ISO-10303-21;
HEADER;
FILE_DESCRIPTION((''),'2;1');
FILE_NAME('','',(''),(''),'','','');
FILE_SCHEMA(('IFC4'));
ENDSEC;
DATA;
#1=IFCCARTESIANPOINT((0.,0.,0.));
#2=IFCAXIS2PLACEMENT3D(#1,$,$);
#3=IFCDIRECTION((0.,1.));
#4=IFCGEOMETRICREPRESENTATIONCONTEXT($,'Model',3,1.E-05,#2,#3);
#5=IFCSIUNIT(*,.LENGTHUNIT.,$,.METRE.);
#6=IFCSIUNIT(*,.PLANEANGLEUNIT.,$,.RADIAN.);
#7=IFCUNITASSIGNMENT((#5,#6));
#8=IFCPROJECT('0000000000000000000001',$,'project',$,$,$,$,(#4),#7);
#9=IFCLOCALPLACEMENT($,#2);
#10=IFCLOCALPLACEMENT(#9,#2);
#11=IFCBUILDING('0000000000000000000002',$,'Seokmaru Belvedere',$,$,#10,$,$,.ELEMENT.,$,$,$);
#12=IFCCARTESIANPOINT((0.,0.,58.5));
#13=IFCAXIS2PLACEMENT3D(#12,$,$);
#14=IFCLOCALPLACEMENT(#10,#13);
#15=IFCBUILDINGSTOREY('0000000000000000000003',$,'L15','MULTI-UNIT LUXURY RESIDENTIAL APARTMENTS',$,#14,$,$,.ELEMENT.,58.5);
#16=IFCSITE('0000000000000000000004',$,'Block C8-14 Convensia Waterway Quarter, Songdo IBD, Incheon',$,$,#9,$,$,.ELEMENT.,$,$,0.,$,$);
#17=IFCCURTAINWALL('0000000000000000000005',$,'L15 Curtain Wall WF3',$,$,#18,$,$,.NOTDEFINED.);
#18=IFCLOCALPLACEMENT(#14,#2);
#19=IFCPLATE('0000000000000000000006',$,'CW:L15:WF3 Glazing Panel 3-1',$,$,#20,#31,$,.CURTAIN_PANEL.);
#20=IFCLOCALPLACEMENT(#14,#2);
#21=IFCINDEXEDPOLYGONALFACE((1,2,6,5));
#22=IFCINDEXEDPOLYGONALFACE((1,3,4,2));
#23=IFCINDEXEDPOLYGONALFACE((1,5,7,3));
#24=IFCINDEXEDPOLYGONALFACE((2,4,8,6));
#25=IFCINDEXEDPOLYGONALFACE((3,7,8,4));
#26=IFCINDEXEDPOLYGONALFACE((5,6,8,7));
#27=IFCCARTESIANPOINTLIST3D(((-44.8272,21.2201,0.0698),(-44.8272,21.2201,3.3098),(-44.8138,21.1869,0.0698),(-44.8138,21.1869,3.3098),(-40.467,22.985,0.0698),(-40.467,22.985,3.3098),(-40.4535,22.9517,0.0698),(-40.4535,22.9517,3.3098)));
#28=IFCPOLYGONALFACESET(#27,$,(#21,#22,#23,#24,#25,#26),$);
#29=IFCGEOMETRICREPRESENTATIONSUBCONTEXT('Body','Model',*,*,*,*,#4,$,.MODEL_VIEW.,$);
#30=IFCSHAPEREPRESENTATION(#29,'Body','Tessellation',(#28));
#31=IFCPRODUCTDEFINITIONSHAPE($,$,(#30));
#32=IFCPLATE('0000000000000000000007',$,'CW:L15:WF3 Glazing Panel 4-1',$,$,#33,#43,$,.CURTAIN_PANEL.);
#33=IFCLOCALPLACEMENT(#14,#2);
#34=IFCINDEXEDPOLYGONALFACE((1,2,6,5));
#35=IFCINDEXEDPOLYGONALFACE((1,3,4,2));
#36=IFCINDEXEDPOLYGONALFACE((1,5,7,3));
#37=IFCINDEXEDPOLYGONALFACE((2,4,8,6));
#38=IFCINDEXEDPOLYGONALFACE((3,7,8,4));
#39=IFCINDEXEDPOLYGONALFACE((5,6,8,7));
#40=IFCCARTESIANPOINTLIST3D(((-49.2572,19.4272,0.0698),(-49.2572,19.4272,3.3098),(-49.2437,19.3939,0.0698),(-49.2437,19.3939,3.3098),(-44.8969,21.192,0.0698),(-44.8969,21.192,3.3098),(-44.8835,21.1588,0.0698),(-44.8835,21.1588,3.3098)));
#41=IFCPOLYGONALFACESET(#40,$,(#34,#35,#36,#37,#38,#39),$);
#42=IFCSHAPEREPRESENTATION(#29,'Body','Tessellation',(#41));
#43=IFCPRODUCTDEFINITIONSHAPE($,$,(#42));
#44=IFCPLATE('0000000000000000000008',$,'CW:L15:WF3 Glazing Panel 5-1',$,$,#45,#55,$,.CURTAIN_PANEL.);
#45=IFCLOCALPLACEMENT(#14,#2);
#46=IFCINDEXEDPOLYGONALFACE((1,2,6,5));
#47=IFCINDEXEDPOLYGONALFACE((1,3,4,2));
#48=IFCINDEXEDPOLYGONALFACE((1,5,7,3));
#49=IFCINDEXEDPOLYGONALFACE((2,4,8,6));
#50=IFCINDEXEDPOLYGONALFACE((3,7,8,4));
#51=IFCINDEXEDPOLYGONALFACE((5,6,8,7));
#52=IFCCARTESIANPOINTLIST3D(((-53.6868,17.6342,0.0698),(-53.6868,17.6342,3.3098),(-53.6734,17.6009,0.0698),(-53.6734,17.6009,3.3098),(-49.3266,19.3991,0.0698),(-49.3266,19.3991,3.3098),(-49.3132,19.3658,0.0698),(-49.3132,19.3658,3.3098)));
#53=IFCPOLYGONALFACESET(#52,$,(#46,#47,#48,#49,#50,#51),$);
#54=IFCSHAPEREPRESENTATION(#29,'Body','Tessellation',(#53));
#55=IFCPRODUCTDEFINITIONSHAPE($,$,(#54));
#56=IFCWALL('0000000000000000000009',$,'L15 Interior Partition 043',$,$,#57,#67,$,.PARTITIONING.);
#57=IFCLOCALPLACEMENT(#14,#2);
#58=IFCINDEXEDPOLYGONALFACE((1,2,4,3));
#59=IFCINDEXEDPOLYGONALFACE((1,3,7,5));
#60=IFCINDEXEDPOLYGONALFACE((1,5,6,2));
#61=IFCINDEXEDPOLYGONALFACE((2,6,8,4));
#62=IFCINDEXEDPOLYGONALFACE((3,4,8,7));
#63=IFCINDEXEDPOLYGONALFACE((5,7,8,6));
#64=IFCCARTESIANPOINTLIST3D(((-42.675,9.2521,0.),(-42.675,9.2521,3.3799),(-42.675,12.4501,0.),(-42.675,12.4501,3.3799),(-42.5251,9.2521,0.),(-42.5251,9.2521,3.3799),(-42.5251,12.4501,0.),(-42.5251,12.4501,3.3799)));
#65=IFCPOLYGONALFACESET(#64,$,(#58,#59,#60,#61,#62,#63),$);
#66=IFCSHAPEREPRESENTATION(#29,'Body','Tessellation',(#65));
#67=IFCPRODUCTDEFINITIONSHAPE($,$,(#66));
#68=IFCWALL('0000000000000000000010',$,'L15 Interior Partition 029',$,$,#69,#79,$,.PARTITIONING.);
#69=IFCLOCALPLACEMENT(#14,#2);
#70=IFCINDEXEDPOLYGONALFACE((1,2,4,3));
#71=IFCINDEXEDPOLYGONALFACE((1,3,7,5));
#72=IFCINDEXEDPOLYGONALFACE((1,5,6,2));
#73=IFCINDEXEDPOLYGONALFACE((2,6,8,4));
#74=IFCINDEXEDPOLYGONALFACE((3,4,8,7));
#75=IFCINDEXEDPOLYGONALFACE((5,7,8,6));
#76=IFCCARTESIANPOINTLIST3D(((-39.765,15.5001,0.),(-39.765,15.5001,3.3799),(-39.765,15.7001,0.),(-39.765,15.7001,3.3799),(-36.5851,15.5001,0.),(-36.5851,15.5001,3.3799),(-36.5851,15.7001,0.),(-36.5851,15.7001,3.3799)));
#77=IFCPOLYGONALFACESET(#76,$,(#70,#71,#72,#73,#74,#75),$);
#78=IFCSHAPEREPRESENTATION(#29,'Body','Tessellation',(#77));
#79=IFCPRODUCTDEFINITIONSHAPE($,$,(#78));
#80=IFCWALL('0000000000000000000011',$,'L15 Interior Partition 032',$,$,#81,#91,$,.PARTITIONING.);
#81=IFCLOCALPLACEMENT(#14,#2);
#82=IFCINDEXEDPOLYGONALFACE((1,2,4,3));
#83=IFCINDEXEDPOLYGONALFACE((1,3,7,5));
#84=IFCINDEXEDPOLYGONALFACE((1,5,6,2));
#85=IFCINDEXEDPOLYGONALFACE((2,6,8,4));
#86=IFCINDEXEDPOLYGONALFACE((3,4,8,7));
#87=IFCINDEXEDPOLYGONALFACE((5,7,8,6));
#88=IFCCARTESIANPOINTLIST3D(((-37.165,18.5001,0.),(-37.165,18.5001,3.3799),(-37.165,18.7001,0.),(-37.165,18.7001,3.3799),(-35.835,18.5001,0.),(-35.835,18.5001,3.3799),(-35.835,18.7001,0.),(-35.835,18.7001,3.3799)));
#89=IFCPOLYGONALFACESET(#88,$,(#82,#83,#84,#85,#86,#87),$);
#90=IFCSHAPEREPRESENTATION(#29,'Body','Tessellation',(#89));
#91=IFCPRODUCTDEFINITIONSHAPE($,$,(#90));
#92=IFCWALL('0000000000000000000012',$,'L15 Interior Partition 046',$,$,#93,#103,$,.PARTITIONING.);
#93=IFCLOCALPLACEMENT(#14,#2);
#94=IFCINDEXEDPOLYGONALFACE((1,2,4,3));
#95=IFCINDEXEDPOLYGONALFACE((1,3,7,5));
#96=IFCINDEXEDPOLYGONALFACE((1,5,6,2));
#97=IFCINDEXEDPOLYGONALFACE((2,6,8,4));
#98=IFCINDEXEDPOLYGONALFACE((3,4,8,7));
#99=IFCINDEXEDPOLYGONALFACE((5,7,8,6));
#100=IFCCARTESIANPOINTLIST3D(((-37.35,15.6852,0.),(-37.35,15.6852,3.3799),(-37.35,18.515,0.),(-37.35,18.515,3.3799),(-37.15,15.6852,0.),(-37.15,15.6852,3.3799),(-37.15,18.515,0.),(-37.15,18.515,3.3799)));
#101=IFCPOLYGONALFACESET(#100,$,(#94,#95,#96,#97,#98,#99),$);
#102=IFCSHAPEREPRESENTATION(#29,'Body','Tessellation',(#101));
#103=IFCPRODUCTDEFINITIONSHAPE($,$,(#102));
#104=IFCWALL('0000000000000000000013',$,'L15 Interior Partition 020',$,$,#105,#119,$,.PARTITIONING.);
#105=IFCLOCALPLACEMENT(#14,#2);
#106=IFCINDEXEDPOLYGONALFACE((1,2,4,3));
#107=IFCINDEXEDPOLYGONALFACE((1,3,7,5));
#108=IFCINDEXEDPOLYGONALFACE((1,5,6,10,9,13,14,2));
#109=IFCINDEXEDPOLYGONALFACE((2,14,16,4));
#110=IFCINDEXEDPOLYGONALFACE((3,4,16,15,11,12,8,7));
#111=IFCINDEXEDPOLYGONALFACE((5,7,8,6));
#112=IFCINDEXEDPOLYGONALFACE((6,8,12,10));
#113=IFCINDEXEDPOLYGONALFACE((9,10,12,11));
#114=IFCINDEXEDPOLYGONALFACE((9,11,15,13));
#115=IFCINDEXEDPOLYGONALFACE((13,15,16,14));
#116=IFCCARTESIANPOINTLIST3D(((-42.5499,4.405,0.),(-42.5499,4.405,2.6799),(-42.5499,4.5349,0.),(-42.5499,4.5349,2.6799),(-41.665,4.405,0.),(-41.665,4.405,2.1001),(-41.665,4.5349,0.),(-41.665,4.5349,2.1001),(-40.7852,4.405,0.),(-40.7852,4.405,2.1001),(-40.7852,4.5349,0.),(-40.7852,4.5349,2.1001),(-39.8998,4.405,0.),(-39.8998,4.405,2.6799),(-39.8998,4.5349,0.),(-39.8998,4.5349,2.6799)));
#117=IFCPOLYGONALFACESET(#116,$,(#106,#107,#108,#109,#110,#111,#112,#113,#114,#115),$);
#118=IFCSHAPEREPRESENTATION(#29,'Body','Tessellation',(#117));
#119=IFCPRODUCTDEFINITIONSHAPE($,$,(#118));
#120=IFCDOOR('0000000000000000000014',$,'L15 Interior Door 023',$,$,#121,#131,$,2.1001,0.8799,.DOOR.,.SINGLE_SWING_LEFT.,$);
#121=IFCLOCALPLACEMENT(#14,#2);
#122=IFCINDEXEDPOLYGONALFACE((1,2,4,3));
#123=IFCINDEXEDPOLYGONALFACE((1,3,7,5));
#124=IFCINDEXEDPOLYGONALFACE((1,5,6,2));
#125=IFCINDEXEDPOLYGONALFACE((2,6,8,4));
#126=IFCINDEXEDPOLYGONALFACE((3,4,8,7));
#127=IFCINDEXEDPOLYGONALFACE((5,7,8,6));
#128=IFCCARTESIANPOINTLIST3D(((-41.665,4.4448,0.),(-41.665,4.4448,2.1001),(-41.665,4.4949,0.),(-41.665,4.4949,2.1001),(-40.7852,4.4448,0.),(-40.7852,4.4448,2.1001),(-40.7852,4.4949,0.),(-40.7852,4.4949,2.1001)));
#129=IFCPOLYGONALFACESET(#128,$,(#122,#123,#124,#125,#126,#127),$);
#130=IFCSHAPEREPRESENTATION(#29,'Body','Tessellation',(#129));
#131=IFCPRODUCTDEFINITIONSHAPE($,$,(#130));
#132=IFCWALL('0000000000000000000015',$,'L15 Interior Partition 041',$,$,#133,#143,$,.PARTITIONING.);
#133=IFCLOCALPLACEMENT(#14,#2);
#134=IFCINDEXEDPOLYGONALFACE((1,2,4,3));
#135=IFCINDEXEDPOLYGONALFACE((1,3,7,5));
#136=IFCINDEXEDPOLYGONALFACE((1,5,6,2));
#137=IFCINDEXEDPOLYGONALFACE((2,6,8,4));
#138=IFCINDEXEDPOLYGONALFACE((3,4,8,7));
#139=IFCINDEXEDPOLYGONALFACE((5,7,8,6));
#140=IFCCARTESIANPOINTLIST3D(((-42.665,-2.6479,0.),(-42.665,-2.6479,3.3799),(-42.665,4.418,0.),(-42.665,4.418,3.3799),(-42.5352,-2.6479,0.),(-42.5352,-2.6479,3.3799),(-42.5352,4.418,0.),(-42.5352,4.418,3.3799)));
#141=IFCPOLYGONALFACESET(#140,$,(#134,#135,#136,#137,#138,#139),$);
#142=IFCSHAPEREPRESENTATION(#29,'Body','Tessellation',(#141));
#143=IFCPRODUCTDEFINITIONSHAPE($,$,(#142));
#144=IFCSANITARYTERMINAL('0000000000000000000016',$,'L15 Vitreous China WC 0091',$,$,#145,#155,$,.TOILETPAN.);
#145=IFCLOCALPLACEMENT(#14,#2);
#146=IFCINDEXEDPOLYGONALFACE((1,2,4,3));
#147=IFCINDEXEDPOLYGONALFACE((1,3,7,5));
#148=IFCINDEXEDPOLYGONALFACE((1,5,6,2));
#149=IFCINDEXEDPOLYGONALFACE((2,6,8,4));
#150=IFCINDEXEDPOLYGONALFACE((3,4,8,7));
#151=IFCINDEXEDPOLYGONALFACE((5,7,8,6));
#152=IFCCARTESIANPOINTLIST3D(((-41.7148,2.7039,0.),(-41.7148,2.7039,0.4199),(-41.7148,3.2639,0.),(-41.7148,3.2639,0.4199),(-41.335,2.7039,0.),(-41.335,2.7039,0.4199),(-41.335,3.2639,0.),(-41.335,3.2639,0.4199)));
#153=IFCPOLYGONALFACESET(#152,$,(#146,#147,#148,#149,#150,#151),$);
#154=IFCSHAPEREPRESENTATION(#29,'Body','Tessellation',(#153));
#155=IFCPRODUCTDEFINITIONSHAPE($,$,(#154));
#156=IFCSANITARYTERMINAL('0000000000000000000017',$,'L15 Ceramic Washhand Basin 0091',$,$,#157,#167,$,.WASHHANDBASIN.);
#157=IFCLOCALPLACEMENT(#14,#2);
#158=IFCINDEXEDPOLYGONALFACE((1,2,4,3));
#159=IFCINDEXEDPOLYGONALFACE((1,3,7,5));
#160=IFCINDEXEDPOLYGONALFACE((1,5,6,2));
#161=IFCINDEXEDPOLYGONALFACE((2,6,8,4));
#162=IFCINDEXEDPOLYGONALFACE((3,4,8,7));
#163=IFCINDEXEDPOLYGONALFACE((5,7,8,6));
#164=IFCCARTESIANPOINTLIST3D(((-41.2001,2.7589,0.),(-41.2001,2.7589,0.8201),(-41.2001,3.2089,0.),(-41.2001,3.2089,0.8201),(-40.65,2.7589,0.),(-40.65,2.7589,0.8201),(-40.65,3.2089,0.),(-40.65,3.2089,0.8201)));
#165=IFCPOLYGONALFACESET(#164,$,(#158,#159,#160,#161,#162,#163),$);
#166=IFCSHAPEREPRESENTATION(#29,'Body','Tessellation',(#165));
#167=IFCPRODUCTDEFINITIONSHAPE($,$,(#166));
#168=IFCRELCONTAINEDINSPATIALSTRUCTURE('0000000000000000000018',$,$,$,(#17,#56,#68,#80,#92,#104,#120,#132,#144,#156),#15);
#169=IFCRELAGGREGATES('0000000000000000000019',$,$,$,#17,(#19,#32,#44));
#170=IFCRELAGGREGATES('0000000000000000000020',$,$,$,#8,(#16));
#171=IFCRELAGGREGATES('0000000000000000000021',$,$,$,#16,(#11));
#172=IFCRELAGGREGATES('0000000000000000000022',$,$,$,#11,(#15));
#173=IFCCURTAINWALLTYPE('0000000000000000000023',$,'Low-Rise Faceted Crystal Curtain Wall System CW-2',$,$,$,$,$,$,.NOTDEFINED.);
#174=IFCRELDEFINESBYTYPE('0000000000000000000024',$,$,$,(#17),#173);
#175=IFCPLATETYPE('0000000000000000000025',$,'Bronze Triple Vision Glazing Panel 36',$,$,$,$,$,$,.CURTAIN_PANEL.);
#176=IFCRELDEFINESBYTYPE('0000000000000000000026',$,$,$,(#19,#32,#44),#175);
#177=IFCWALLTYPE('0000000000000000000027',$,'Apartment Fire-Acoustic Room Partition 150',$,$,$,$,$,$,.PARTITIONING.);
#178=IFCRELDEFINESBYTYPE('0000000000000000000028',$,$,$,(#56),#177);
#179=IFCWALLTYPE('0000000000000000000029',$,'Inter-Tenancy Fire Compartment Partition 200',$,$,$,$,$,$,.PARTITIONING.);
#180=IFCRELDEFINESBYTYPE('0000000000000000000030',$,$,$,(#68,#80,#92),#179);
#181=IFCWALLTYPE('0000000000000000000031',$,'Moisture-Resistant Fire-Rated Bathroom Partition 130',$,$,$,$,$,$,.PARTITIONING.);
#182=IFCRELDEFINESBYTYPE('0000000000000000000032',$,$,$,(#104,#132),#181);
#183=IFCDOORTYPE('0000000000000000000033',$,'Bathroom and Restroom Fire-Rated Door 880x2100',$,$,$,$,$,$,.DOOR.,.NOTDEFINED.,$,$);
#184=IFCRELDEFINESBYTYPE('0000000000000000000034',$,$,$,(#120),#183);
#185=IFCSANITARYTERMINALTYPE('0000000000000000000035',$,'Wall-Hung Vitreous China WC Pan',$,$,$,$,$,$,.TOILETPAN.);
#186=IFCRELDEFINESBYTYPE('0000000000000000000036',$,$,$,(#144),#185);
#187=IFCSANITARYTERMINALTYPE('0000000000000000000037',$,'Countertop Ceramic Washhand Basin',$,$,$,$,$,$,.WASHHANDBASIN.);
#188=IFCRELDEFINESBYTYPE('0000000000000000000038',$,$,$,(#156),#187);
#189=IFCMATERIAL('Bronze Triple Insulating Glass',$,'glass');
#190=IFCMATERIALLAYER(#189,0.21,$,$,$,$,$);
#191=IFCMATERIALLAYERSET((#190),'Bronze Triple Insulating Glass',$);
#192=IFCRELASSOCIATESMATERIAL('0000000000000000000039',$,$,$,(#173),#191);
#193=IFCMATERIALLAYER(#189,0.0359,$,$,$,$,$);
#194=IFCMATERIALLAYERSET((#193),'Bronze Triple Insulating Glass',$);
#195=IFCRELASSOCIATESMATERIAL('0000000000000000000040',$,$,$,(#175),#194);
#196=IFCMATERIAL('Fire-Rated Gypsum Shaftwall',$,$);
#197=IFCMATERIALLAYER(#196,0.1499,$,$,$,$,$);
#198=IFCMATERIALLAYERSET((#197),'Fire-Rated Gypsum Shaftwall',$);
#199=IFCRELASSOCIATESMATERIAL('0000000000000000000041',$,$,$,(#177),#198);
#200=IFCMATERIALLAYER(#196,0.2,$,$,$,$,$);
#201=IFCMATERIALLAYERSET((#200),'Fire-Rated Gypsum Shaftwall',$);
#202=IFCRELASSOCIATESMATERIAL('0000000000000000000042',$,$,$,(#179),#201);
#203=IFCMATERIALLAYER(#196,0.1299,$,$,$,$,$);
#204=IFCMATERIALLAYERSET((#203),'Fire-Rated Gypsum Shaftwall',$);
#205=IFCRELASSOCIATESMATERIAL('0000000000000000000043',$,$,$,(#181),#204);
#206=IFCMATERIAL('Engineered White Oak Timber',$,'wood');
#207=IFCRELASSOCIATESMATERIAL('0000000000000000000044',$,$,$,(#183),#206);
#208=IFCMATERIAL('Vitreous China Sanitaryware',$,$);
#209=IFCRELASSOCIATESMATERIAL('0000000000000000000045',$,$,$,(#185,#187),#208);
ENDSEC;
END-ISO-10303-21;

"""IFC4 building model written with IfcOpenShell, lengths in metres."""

from ifc_helpers import new_model, si_unit, direction, frame, frame_2d, origin, origin_2d, place, context, subcontext, project, spatial, rectangle, extrude, source, transform, mapped, material, layer, layer_set, type_object, type_shapes, element, fill, aggregate, save


model = new_model("IFC4")

# Units and contexts
model_context = context("Model", 3, precision=1e-05, world=origin(), true_north=direction((0.0, 1.0)))
body_context = subcontext(model_context, "Body", "Model", "MODEL_VIEW")
ifc_project = project(units=[si_unit("LENGTHUNIT", "METRE"), si_unit("PLANEANGLEUNIT", "RADIAN")], contexts=[model_context])

# Site, building, storey
site_placement = place(None, origin())
site = spatial("IfcSite", under=ifc_project, at=site_placement, Name="Block C8-14 Convensia Waterway Quarter, Songdo IBD, Incheon", CompositionType="ELEMENT", RefElevation=0.0)
building_placement = place(site_placement, origin())
building = spatial("IfcBuilding", under=site, at=building_placement, Name="Seokmaru Belvedere", CompositionType="ELEMENT")
storey_placement = place(building_placement, frame((0.0, 0.0, 58.5)))
storey = spatial("IfcBuildingStorey", under=building, at=storey_placement, Name="L15", Description="MULTI-UNIT LUXURY RESIDENTIAL APARTMENTS", CompositionType="ELEMENT", Elevation=58.5)

# Curtain wall, plates
ifc_material_1 = material(Name="Bronze Triple Insulating Glass", Category="glass")
ifc_layer_1 = layer(ifc_material_1, 0.21)
ifc_layer_set_1 = layer_set([ifc_layer_1], Name="Bronze Triple Insulating Glass")
curtain_wall_type = type_object("IfcCurtainWallType", Name="Low-Rise Faceted Crystal Curtain Wall System CW-2", PredefinedType="NOTDEFINED", material=ifc_layer_set_1)
curtain_wall_placement = place(storey_placement, origin())
curtain_wall = element("IfcCurtainWall", 1, at=curtain_wall_placement, inside=storey, type_object=curtain_wall_type, Name="L15 Curtain Wall WF3", PredefinedType="NOTDEFINED")
ifc_layer_2 = layer(ifc_material_1, 0.0359)
ifc_layer_set_2 = layer_set([ifc_layer_2], Name="Bronze Triple Insulating Glass")
plate_type = type_object("IfcPlateType", Name="Bronze Triple Vision Glazing Panel 36", PredefinedType="CURTAIN_PANEL", material=ifc_layer_set_2)
shared_shape_1 = source(origin(), body_context, "Body", "SweptSolid", [
    extrude(rectangle(XDim=4.7039, YDim=0.0359, at=origin_2d()), origin(), (0.0, 0.0, 1.0), 3.24),
])
type_shapes(plate_type, [shared_shape_1])
plate_1_placement = place(storey_placement, frame((-42.6404, 22.0859, 0.0698), z_axis=(0.0, 0.0, 1.0), x_axis=(-0.926947, -0.375192, 0.0)))
plate_1 = element("IfcPlate", 2, at=plate_1_placement, type_object=plate_type, Name="CW:L15:WF3 Glazing Panel 3-1", PredefinedType="CURTAIN_PANEL", context=body_context, shape_type="MappedRepresentation", body=[
    mapped(shared_shape_1, transform((0.0, 0.0, 0.0), scale=1.0)),
])
plate_2_placement = place(storey_placement, frame((-47.0703, 20.293, 0.0698), z_axis=(0.0, 0.0, 1.0), x_axis=(-0.926947, -0.375192, 0.0)))
plate_2 = element("IfcPlate", 3, at=plate_2_placement, type_object=plate_type, Name="CW:L15:WF3 Glazing Panel 4-1", PredefinedType="CURTAIN_PANEL", context=body_context, shape_type="MappedRepresentation", body=[
    mapped(shared_shape_1, transform((0.0, 0.0, 0.0), scale=1.0)),
])
plate_3_placement = place(storey_placement, frame((-51.5, 18.5, 0.0698), z_axis=(0.0, 0.0, 1.0), x_axis=(-0.926947, -0.375192, 0.0)))
plate_3 = element("IfcPlate", 4, at=plate_3_placement, type_object=plate_type, Name="CW:L15:WF3 Glazing Panel 5-1", PredefinedType="CURTAIN_PANEL", context=body_context, shape_type="MappedRepresentation", body=[
    mapped(shared_shape_1, transform((0.0, 0.0, 0.0), scale=1.0)),
])
aggregate(curtain_wall, [plate_1, plate_2, plate_3])

# Shared definitions
ifc_material_2 = material(Name="Fire-Rated Gypsum Shaftwall")
ifc_layer_3 = layer(ifc_material_2, 0.1499)
ifc_layer_set_3 = layer_set([ifc_layer_3], Name="Fire-Rated Gypsum Shaftwall")
wall_type_1 = type_object("IfcWallType", Name="Apartment Fire-Acoustic Room Partition 150", PredefinedType="PARTITIONING", material=ifc_layer_set_3)
ifc_material_3 = material(Name="Engineered White Oak Timber", Category="wood")

# Walls
wall_1_placement = place(storey_placement, frame((-42.6001, 9.252, 0.0), z_axis=(0.0, 0.0, 1.0), x_axis=(0.0, 1.0, 0.0)))
element("IfcWall", 5, at=wall_1_placement, inside=storey, type_object=wall_type_1, Name="L15 Interior Partition 043", PredefinedType="PARTITIONING", context=body_context, shape_type="SweptSolid", body=[
    extrude(rectangle(XDim=3.198, YDim=0.1499, at=frame_2d((1.5991, 0.0))), origin(), (0.0, 0.0, 1.0), 3.3799),
])
ifc_layer_4 = layer(ifc_material_2, 0.2)
ifc_layer_set_4 = layer_set([ifc_layer_4], Name="Fire-Rated Gypsum Shaftwall")
wall_type_2 = type_object("IfcWallType", Name="Inter-Tenancy Fire Compartment Partition 200", PredefinedType="PARTITIONING", material=ifc_layer_set_4)
wall_2_placement = place(storey_placement, frame((-39.7649, 15.6001, 0.0), z_axis=(0.0, 0.0, 1.0), x_axis=(1.0, 0.0, 0.0)))
element("IfcWall", 6, at=wall_2_placement, inside=storey, type_object=wall_type_2, Name="L15 Interior Partition 029", PredefinedType="PARTITIONING", context=body_context, shape_type="SweptSolid", body=[
    extrude(rectangle(XDim=3.1799, YDim=0.2, at=frame_2d((1.5898, 0.0))), origin(), (0.0, 0.0, 1.0), 3.3799),
])
wall_3_placement = place(storey_placement, frame((-37.165, 18.6001, 0.0), z_axis=(0.0, 0.0, 1.0), x_axis=(1.0, 0.0, 0.0)))
element("IfcWall", 7, at=wall_3_placement, inside=storey, type_object=wall_type_2, Name="L15 Interior Partition 032", PredefinedType="PARTITIONING", context=body_context, shape_type="SweptSolid", body=[
    extrude(rectangle(XDim=1.3301, YDim=0.2, at=frame_2d((0.665, 0.0))), origin(), (0.0, 0.0, 1.0), 3.3799),
])
wall_4_placement = place(storey_placement, frame((-37.25, 15.6851, 0.0), z_axis=(0.0, 0.0, 1.0), x_axis=(0.0, 1.0, 0.0)))
element("IfcWall", 8, at=wall_4_placement, inside=storey, type_object=wall_type_2, Name="L15 Interior Partition 046", PredefinedType="PARTITIONING", context=body_context, shape_type="SweptSolid", body=[
    extrude(rectangle(XDim=2.8298, YDim=0.2, at=frame_2d((1.415, 0.0))), origin(), (0.0, 0.0, 1.0), 3.3799),
])

# Wall, opening, door
ifc_layer_5 = layer(ifc_material_2, 0.1299)
ifc_layer_set_5 = layer_set([ifc_layer_5], Name="Fire-Rated Gypsum Shaftwall")
wall_type_3 = type_object("IfcWallType", Name="Moisture-Resistant Fire-Rated Bathroom Partition 130", PredefinedType="PARTITIONING", material=ifc_layer_set_5)
wall_5_placement = place(storey_placement, frame((-42.55, 4.47, 0.0), z_axis=(0.0, 0.0, 1.0), x_axis=(1.0, 0.0, 0.0)))
wall_5 = element("IfcWall", 9, at=wall_5_placement, inside=storey, type_object=wall_type_3, Name="L15 Interior Partition 020", PredefinedType="PARTITIONING", context=body_context, shape_type="SweptSolid", body=[
    extrude(rectangle(XDim=2.6501, YDim=0.1299, at=frame_2d((1.3252, 0.0))), origin(), (0.0, 0.0, 1.0), 2.6799),
])
opening_1_placement = place(wall_5_placement, frame((0.885, 0.0, 0.0)))
opening_1 = element("IfcOpeningElement", 10, at=opening_1_placement, cuts=wall_5, PredefinedType="OPENING", context=body_context, shape_type="SweptSolid", body=[
    extrude(rectangle(XDim=0.8799, YDim=2.1001, at=frame_2d((0.4399, 1.05))), frame((0.0, 0.075, 0.0), z_axis=(0.0, -1.0, 0.0), x_axis=(1.0, 0.0, 0.0)), (0.0, 0.0, 1.0), 0.1499),
])
door_type_1 = type_object("IfcDoorType", Name="Bathroom and Restroom Fire-Rated Door 880x2100", OperationType="NOTDEFINED", PredefinedType="DOOR", material=ifc_material_3)
shared_shape_2 = source(origin(), body_context, "Body", "SweptSolid", [
    extrude(rectangle(XDim=0.8799, YDim=2.1001, at=frame_2d((0.4399, 1.05))), frame((0.0, 0.0249, 0.0), z_axis=(0.0, -1.0, 0.0), x_axis=(1.0, 0.0, 0.0)), (0.0, 0.0, 1.0), 0.05),
])
type_shapes(door_type_1, [shared_shape_2])
door_1_placement = place(opening_1_placement, origin())
door_1 = element("IfcDoor", 11, at=door_1_placement, inside=storey, type_object=door_type_1, Name="L15 Interior Door 023", OperationType="SINGLE_SWING_LEFT", OverallHeight=2.1001, OverallWidth=0.8799, PredefinedType="DOOR", context=body_context, shape_type="MappedRepresentation", body=[
    mapped(shared_shape_2, transform((0.0, 0.0, 0.0), scale=1.0)),
])
fill(opening_1, door_1)

# Wall
wall_6_placement = place(storey_placement, frame((-42.6001, -2.6479, 0.0), z_axis=(0.0, 0.0, 1.0), x_axis=(0.0, 1.0, 0.0)))
element("IfcWall", 12, at=wall_6_placement, inside=storey, type_object=wall_type_3, Name="L15 Interior Partition 041", PredefinedType="PARTITIONING", context=body_context, shape_type="SweptSolid", body=[
    extrude(rectangle(XDim=7.0659, YDim=0.1299, at=frame_2d((3.533, 0.0))), origin(), (0.0, 0.0, 1.0), 3.3799),
])

# Sanitary terminals
ifc_material_4 = material(Name="Vitreous China Sanitaryware")
sanitary_terminal_type_1 = type_object("IfcSanitaryTerminalType", Name="Wall-Hung Vitreous China WC Pan", PredefinedType="TOILETPAN", material=ifc_material_4)
shared_shape_3 = source(origin(), body_context, "Body", "SweptSolid", [
    extrude(rectangle(XDim=0.3799, YDim=0.5601, at=origin_2d()), origin(), (0.0, 0.0, 1.0), 0.4199),
])
type_shapes(sanitary_terminal_type_1, [shared_shape_3])
sanitary_terminal_1_placement = place(storey_placement, frame((-41.5249, 2.9839, 0.0), z_axis=(0.0, 0.0, 1.0), x_axis=(1.0, 0.0, 0.0)))
element("IfcSanitaryTerminal", 13, at=sanitary_terminal_1_placement, inside=storey, type_object=sanitary_terminal_type_1, Name="L15 Vitreous China WC 0091", PredefinedType="TOILETPAN", context=body_context, shape_type="MappedRepresentation", body=[
    mapped(shared_shape_3, transform((0.0, 0.0, 0.0), scale=1.0)),
])
sanitary_terminal_type_2 = type_object("IfcSanitaryTerminalType", Name="Countertop Ceramic Washhand Basin", PredefinedType="WASHHANDBASIN", material=ifc_material_4)
shared_shape_4 = source(origin(), body_context, "Body", "SweptSolid", [
    extrude(rectangle(XDim=0.55, YDim=0.45, at=origin_2d()), origin(), (0.0, 0.0, 1.0), 0.8201),
])
type_shapes(sanitary_terminal_type_2, [shared_shape_4])
sanitary_terminal_2_placement = place(storey_placement, frame((-40.925, 2.9839, 0.0), z_axis=(0.0, 0.0, 1.0), x_axis=(1.0, 0.0, 0.0)))
element("IfcSanitaryTerminal", 14, at=sanitary_terminal_2_placement, inside=storey, type_object=sanitary_terminal_type_2, Name="L15 Ceramic Washhand Basin 0091", PredefinedType="WASHHANDBASIN", context=body_context, shape_type="MappedRepresentation", body=[
    mapped(shared_shape_4, transform((0.0, 0.0, 0.0), scale=1.0)),
])

save(model, "model.ifc")
